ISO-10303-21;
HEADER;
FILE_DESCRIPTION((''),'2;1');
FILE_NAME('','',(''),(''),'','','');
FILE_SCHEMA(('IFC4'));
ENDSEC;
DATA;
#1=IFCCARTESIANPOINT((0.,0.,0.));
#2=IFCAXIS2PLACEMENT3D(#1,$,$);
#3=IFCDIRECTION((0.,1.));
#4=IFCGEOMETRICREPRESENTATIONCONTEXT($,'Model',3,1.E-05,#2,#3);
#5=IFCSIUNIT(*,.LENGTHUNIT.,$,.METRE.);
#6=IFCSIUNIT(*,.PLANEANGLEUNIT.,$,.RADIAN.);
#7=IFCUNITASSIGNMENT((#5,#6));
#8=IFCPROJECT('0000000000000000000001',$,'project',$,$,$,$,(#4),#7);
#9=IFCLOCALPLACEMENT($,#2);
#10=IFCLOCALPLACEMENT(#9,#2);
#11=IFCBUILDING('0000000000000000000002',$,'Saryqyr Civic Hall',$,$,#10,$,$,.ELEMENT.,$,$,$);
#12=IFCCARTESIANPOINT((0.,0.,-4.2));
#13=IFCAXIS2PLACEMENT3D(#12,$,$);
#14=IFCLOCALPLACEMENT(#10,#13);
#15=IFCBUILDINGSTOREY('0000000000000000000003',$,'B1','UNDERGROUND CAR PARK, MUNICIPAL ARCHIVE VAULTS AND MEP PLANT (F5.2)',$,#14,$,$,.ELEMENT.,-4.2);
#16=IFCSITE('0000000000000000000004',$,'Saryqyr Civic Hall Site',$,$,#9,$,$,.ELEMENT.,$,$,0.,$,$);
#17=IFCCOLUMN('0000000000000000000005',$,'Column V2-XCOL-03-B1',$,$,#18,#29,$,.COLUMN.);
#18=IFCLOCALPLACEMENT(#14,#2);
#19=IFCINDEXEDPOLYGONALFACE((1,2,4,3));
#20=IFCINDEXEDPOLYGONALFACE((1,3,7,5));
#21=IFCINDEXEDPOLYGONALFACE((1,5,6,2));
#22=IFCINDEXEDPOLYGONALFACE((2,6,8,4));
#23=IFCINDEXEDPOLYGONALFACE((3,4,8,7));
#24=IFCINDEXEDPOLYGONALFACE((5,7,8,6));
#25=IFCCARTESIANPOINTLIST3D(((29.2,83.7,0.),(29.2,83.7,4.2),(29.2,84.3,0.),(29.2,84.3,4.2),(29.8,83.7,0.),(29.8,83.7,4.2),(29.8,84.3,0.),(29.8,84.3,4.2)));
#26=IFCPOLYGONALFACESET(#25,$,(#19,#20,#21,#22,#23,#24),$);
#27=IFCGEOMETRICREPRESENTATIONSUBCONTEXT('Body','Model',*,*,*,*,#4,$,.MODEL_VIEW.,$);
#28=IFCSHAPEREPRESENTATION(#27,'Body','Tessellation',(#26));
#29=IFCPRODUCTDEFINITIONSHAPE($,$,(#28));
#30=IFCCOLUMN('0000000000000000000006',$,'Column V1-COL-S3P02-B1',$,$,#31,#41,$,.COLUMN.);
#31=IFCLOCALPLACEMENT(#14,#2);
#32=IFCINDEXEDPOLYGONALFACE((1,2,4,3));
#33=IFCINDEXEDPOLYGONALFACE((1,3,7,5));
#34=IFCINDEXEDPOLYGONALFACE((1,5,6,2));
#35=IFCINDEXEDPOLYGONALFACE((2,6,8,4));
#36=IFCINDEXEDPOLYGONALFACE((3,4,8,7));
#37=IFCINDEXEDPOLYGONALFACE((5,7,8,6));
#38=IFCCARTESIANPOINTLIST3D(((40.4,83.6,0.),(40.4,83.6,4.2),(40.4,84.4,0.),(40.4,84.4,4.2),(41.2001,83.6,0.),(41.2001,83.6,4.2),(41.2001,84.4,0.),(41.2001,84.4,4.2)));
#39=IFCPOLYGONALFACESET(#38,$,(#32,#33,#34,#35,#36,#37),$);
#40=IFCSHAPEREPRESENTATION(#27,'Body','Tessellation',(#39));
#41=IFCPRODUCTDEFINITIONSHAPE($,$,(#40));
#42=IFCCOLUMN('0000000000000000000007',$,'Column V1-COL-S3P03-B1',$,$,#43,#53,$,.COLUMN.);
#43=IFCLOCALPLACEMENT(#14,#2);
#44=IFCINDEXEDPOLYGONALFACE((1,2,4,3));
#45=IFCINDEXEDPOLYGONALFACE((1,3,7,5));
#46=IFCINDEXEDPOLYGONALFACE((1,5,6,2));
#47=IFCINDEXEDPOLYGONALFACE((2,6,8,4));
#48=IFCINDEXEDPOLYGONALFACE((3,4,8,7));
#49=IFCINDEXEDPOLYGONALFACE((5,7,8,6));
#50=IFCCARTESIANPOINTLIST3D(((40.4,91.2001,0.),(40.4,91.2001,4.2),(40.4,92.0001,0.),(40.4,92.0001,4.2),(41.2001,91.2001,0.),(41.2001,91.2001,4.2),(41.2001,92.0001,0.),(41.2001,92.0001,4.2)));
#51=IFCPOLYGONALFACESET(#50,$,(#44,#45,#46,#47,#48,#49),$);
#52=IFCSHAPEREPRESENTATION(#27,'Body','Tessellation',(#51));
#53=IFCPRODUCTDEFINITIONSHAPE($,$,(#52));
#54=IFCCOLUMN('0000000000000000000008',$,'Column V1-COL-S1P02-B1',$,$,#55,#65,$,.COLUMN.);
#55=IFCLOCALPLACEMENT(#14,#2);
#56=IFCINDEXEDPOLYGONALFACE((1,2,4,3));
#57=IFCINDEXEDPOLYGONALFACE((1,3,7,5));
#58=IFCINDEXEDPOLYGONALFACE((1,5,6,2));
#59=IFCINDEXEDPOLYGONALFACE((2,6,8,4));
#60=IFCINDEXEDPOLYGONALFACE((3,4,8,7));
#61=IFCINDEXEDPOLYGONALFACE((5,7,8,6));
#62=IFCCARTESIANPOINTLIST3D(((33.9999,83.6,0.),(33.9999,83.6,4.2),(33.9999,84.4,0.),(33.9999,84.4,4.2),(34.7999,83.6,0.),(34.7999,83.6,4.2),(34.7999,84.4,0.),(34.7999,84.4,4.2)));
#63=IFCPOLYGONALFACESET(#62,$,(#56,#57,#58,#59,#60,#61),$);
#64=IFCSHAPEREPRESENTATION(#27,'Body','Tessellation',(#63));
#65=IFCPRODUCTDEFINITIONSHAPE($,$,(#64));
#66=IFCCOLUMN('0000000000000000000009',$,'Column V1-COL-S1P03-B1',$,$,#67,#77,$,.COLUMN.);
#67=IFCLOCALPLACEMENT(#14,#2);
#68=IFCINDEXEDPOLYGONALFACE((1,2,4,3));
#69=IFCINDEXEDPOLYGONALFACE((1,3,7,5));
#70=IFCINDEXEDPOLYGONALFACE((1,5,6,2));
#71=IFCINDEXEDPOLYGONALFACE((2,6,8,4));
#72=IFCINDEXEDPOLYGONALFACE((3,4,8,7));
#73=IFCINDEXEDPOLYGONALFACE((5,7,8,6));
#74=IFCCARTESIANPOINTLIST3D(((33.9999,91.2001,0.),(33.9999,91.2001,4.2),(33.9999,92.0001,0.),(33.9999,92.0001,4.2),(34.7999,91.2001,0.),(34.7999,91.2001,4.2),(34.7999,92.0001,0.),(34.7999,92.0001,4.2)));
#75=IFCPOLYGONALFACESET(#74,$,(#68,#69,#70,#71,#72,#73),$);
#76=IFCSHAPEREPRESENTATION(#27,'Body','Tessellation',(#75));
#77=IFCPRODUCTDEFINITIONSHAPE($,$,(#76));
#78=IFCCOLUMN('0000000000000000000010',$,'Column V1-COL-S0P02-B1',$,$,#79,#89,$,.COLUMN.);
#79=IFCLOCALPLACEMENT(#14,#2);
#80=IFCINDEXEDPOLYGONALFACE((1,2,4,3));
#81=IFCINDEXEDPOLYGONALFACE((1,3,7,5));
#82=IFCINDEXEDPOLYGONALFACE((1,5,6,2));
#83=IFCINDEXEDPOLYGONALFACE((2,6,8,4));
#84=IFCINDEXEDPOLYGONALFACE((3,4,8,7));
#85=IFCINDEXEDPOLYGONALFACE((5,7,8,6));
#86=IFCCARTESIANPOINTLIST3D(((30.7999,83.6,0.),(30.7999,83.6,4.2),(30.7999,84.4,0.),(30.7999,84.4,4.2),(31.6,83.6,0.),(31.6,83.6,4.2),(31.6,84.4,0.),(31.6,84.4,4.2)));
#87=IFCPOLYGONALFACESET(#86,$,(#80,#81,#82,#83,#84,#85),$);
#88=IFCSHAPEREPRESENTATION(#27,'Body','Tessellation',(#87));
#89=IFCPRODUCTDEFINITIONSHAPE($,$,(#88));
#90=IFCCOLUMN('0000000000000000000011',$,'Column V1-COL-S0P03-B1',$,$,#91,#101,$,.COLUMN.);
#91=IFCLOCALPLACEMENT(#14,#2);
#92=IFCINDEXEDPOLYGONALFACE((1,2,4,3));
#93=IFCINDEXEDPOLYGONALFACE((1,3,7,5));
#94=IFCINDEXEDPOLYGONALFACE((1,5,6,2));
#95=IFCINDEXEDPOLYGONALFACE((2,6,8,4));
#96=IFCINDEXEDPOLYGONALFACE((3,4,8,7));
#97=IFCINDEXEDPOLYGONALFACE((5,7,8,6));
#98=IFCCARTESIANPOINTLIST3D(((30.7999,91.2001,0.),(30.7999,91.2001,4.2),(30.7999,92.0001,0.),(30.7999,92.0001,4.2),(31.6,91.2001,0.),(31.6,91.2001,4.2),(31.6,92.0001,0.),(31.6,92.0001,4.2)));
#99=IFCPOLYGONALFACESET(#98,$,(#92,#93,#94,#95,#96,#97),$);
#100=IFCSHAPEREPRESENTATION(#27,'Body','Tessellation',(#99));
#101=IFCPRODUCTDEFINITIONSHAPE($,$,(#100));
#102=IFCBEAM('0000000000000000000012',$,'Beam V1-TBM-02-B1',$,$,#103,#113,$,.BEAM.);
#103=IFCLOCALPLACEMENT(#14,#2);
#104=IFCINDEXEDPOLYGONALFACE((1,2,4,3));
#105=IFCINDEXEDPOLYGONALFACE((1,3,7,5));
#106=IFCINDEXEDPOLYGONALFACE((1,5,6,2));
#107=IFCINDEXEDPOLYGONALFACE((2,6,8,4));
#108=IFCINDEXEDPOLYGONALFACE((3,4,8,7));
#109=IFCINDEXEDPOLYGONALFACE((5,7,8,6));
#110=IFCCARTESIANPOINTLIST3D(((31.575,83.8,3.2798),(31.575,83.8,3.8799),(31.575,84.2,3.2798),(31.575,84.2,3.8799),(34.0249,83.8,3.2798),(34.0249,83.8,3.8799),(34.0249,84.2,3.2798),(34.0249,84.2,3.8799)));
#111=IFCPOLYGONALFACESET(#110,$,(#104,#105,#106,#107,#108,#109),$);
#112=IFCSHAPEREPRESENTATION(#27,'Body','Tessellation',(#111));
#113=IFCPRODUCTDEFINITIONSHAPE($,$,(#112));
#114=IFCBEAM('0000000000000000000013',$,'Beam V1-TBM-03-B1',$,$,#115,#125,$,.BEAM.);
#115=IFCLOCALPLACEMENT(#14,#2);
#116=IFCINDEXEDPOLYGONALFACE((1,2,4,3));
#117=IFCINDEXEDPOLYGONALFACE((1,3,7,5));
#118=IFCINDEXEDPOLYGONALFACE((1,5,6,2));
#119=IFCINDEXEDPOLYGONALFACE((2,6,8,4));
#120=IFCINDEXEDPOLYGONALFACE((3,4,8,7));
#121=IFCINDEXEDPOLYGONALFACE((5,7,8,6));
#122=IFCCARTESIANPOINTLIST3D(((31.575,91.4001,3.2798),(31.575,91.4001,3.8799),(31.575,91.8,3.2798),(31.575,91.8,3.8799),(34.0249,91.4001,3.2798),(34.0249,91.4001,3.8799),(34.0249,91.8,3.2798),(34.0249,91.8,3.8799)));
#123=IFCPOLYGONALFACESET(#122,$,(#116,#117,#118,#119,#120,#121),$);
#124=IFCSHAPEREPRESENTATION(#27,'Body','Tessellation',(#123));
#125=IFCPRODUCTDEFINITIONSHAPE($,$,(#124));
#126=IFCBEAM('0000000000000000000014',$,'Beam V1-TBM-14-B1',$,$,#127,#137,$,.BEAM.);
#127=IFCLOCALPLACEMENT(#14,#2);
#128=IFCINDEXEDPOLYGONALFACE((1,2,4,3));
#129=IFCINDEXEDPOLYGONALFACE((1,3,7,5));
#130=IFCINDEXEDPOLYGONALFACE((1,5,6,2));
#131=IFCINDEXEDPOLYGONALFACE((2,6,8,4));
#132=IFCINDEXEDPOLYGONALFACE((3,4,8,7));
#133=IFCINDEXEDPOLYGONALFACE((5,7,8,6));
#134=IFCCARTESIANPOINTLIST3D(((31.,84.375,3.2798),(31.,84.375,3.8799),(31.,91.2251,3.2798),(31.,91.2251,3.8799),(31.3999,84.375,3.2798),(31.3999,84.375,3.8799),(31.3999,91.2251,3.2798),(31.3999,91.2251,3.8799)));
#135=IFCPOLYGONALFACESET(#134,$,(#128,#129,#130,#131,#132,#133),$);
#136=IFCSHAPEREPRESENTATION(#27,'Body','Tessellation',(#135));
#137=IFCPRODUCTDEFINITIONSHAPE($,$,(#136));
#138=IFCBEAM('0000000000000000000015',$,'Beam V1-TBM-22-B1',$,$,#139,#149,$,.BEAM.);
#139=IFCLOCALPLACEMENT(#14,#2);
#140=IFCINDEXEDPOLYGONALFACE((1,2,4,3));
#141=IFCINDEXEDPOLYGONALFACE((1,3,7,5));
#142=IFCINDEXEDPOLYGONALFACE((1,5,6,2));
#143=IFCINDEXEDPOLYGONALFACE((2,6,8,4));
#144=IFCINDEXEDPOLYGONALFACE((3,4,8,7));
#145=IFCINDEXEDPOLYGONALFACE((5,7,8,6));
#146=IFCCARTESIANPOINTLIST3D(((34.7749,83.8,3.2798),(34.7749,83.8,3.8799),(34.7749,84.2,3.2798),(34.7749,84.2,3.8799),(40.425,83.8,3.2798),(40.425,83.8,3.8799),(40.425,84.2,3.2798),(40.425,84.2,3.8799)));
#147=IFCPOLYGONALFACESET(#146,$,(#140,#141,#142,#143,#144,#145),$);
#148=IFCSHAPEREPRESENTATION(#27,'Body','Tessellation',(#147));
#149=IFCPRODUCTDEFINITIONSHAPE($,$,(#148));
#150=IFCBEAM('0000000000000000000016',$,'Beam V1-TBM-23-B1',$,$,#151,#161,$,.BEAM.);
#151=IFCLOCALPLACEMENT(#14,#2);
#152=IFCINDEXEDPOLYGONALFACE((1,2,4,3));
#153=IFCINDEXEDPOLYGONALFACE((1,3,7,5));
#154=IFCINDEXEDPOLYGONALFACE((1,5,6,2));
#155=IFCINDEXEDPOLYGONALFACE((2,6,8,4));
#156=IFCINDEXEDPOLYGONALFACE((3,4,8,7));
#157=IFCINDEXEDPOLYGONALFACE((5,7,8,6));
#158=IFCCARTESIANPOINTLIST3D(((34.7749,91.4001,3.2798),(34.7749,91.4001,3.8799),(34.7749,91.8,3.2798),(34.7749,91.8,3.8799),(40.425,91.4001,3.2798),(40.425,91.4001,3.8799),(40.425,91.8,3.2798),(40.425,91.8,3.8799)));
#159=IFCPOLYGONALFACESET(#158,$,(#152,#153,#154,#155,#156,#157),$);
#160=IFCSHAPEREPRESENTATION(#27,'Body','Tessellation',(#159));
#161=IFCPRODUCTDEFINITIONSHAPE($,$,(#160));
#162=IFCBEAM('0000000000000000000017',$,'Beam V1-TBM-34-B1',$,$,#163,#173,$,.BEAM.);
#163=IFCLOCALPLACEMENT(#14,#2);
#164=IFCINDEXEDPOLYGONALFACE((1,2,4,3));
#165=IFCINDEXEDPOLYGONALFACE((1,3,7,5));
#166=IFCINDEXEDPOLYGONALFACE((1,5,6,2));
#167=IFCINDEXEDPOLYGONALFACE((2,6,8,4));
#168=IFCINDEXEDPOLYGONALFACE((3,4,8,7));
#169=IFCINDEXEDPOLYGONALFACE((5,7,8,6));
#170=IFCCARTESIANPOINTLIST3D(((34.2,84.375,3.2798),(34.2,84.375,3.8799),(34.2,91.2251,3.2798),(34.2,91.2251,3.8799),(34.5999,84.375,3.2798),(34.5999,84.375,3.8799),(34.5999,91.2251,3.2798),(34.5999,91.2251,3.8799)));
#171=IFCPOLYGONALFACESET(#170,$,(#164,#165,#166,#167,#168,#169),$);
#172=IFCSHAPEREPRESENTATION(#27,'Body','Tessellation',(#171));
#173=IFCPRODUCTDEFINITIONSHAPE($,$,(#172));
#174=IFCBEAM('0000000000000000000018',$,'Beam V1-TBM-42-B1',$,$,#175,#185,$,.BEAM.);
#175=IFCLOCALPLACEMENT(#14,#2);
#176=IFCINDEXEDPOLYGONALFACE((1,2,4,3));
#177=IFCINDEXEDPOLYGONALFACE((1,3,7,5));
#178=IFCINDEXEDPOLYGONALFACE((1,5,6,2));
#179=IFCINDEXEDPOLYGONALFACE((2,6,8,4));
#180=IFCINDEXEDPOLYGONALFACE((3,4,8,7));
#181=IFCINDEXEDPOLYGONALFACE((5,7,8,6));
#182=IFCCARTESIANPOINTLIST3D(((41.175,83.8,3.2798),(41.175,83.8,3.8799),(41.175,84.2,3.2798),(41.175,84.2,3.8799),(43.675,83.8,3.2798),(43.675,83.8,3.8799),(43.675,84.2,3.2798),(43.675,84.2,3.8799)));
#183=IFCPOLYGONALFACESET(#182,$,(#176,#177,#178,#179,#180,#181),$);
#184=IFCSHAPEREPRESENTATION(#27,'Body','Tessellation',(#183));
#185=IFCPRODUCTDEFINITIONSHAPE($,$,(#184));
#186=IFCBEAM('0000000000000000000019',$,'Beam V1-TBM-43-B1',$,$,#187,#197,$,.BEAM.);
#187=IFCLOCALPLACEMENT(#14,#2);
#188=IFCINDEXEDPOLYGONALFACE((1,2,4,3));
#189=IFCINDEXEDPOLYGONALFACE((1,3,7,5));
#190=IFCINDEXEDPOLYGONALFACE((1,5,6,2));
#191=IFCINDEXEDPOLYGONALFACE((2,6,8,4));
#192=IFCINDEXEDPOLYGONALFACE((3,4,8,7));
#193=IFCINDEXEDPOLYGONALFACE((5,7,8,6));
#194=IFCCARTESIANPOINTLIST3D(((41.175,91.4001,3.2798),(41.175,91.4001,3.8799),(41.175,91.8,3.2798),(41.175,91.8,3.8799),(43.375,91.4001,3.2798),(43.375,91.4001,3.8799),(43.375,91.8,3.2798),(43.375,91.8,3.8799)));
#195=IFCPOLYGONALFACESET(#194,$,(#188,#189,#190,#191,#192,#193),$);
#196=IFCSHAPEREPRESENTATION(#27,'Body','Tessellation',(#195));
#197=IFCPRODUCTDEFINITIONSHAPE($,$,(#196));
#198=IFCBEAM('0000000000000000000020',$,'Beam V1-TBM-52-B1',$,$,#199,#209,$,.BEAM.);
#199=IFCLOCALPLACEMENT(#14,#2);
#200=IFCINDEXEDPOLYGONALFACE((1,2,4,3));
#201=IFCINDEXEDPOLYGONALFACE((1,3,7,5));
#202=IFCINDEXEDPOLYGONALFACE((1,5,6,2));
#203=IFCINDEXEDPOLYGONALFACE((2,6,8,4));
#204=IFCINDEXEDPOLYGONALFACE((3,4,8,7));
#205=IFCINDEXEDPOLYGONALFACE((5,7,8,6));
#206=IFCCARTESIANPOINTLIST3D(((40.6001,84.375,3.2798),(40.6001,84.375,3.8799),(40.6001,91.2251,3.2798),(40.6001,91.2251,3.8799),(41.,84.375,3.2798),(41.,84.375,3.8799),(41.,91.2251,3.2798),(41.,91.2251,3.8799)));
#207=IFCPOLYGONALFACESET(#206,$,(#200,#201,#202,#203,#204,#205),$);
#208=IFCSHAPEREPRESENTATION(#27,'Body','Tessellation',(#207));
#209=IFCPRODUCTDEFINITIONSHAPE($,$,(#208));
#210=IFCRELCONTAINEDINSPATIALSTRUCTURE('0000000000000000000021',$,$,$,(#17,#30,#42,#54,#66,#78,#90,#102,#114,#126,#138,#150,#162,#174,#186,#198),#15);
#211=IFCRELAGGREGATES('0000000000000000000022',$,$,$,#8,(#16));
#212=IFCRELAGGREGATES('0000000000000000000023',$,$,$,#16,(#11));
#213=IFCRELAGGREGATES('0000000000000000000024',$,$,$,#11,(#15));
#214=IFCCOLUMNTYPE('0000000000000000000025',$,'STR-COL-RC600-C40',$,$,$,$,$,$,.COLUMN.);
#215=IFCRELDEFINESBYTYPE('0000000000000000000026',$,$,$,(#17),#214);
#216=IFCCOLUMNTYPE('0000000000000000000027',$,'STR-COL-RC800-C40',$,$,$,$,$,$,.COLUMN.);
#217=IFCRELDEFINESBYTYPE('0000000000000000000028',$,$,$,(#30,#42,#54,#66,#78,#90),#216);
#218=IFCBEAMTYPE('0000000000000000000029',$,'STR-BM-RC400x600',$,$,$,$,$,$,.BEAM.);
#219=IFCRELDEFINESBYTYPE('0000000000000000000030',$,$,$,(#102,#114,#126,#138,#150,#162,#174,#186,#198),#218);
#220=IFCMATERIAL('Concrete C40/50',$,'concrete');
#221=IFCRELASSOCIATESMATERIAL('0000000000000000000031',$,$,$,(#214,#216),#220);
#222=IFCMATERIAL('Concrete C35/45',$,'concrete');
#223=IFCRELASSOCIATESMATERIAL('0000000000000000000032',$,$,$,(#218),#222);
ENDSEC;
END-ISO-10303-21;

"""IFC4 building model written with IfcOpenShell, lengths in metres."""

from ifc_helpers import new_model, si_unit, direction, frame, origin, origin_2d, place, context, subcontext, project, spatial, rectangle, extrude, material, material_profile, profile_set, type_object, element, save


model = new_model("IFC4")

# Units and contexts
model_context = context("Model", 3, precision=1e-05, world=origin(), true_north=direction((0.0, 1.0)))
body_context = subcontext(model_context, "Body", "Model", "MODEL_VIEW")
ifc_project = project(units=[si_unit("LENGTHUNIT", "METRE"), si_unit("PLANEANGLEUNIT", "RADIAN")], contexts=[model_context])

# Site, building, storey
site_placement = place(None, origin())
site = spatial("IfcSite", under=ifc_project, at=site_placement, Name="Saryqyr Civic Hall Site", CompositionType="ELEMENT", RefElevation=0.0)
building_placement = place(site_placement, origin())
building = spatial("IfcBuilding", under=site, at=building_placement, Name="Saryqyr Civic Hall", CompositionType="ELEMENT")
storey_placement = place(building_placement, frame((0.0, 0.0, -4.2)))
storey = spatial("IfcBuildingStorey", under=building, at=storey_placement, Name="B1", Description="UNDERGROUND CAR PARK, MUNICIPAL ARCHIVE VAULTS AND MEP PLANT (F5.2)", CompositionType="ELEMENT", Elevation=-4.2)

# Shared definitions
ifc_material_1 = material(Name="Concrete C35/45", Category="concrete")

# Columns
ifc_material_2 = material(Name="Concrete C40/50", Category="concrete")
ifc_material_profile_1 = material_profile(ifc_material_2, rectangle(XDim=0.6001, YDim=0.6001, at=origin_2d()), Name="RC 600x600")
ifc_profile_set_1 = profile_set([ifc_material_profile_1], Name="Concrete C40/50")
column_type_1 = type_object("IfcColumnType", Name="STR-COL-RC600-C40", PredefinedType="COLUMN", material=ifc_profile_set_1)
column_placement = place(storey_placement, frame((29.5, 84.0, 0.0), z_axis=(0.0, 0.0, 1.0), x_axis=(1.0, 0.0, 0.0)))
element("IfcColumn", 1, at=column_placement, inside=storey, type_object=column_type_1, Name="Column V2-XCOL-03-B1", PredefinedType="COLUMN", context=body_context, shape_type="SweptSolid", body=[
    extrude(rectangle(XDim=0.6001, YDim=0.6001, at=origin_2d()), origin(), (0.0, 0.0, 1.0), 4.2),
])
ifc_material_profile_2 = material_profile(ifc_material_2, rectangle(XDim=0.8, YDim=0.8, at=origin_2d()), Name="RC 800x800")
ifc_profile_set_2 = profile_set([ifc_material_profile_2], Name="Concrete C40/50")
column_type_2 = type_object("IfcColumnType", Name="STR-COL-RC800-C40", PredefinedType="COLUMN", material=ifc_profile_set_2)
for number, where, z_axis, x_axis, name in (
    (2, (40.8, 84.0, 0.0), (0.0, 0.0, 1.0), (1.0, 0.0, 0.0), "Column V1-COL-S3P02-B1"),
    (3, (40.8, 91.6001, 0.0), (0.0, 0.0, 1.0), (1.0, 0.0, 0.0), "Column V1-COL-S3P03-B1"),
    (4, (34.3999, 84.0, 0.0), (0.0, 0.0, 1.0), (1.0, 0.0, 0.0), "Column V1-COL-S1P02-B1"),
    (5, (34.3999, 91.6001, 0.0), (0.0, 0.0, 1.0), (1.0, 0.0, 0.0), "Column V1-COL-S1P03-B1"),
    (6, (31.2, 84.0, 0.0), (0.0, 0.0, 1.0), (1.0, 0.0, 0.0), "Column V1-COL-S0P02-B1"),
    (7, (31.2, 91.6001, 0.0), (0.0, 0.0, 1.0), (1.0, 0.0, 0.0), "Column V1-COL-S0P03-B1"),
):
    element("IfcColumn", number, at=place(storey_placement, frame(where, z_axis=z_axis, x_axis=x_axis)), inside=storey, type_object=column_type_2, Name=name, PredefinedType="COLUMN", context=body_context, shape_type="SweptSolid", body=[
        extrude(rectangle(XDim=0.8, YDim=0.8, at=origin_2d()), origin(), (0.0, 0.0, 1.0), 4.2),
    ])

# Beams
ifc_material_profile_3 = material_profile(ifc_material_1, rectangle(XDim=0.3999, YDim=0.6001, at=origin_2d()), Name="RC 400x600")
ifc_profile_set_3 = profile_set([ifc_material_profile_3], Name="Concrete C35/45")
beam_type = type_object("IfcBeamType", Name="STR-BM-RC400x600", PredefinedType="BEAM", material=ifc_profile_set_3)
for number, where, z_axis, x_axis, name in (
    (8, (31.575, 84.0, 3.5798), (1.0, 0.0, 0.0), (0.0, 1.0, 0.0), "Beam V1-TBM-02-B1"),
    (9, (31.575, 91.6001, 3.5798), (1.0, 0.0, 0.0), (0.0, 1.0, 0.0), "Beam V1-TBM-03-B1"),
):
    element("IfcBeam", number, at=place(storey_placement, frame(where, z_axis=z_axis, x_axis=x_axis)), inside=storey, type_object=beam_type, Name=name, PredefinedType="BEAM", context=body_context, shape_type="SweptSolid", body=[
        extrude(rectangle(XDim=0.3999, YDim=0.6001, at=origin_2d()), origin(), (0.0, 0.0, 1.0), 2.45),
    ])
beam_1_placement = place(storey_placement, frame((31.2, 84.375, 3.5798), z_axis=(0.0, 1.0, 0.0), x_axis=(-1.0, 0.0, 0.0)))
element("IfcBeam", 10, at=beam_1_placement, inside=storey, type_object=beam_type, Name="Beam V1-TBM-14-B1", PredefinedType="BEAM", context=body_context, shape_type="SweptSolid", body=[
    extrude(rectangle(XDim=0.3999, YDim=0.6001, at=origin_2d()), origin(), (0.0, 0.0, 1.0), 6.8501),
])
for number, where, z_axis, x_axis, name in (
    (11, (34.7749, 84.0, 3.5798), (1.0, 0.0, 0.0), (0.0, 1.0, 0.0), "Beam V1-TBM-22-B1"),
    (12, (34.7749, 91.6001, 3.5798), (1.0, 0.0, 0.0), (0.0, 1.0, 0.0), "Beam V1-TBM-23-B1"),
):
    element("IfcBeam", number, at=place(storey_placement, frame(where, z_axis=z_axis, x_axis=x_axis)), inside=storey, type_object=beam_type, Name=name, PredefinedType="BEAM", context=body_context, shape_type="SweptSolid", body=[
        extrude(rectangle(XDim=0.3999, YDim=0.6001, at=origin_2d()), origin(), (0.0, 0.0, 1.0), 5.6501),
    ])
beam_2_placement = place(storey_placement, frame((34.3999, 84.375, 3.5798), z_axis=(0.0, 1.0, 0.0), x_axis=(-1.0, 0.0, 0.0)))
element("IfcBeam", 13, at=beam_2_placement, inside=storey, type_object=beam_type, Name="Beam V1-TBM-34-B1", PredefinedType="BEAM", context=body_context, shape_type="SweptSolid", body=[
    extrude(rectangle(XDim=0.3999, YDim=0.6001, at=origin_2d()), origin(), (0.0, 0.0, 1.0), 6.8501),
])
beam_3_placement = place(storey_placement, frame((41.175, 84.0, 3.5798), z_axis=(1.0, 0.0, 0.0), x_axis=(0.0, 1.0, 0.0)))
element("IfcBeam", 14, at=beam_3_placement, inside=storey, type_object=beam_type, Name="Beam V1-TBM-42-B1", PredefinedType="BEAM", context=body_context, shape_type="SweptSolid", body=[
    extrude(rectangle(XDim=0.3999, YDim=0.6001, at=origin_2d()), origin(), (0.0, 0.0, 1.0), 2.5),
])
beam_4_placement = place(storey_placement, frame((41.175, 91.6001, 3.5798), z_axis=(1.0, 0.0, 0.0), x_axis=(0.0, 1.0, 0.0)))
element("IfcBeam", 15, at=beam_4_placement, inside=storey, type_object=beam_type, Name="Beam V1-TBM-43-B1", PredefinedType="BEAM", context=body_context, shape_type="SweptSolid", body=[
    extrude(rectangle(XDim=0.3999, YDim=0.6001, at=origin_2d()), origin(), (0.0, 0.0, 1.0), 2.2),
])
beam_5_placement = place(storey_placement, frame((40.8, 84.375, 3.5798), z_axis=(0.0, 1.0, 0.0), x_axis=(-1.0, 0.0, 0.0)))
element("IfcBeam", 16, at=beam_5_placement, inside=storey, type_object=beam_type, Name="Beam V1-TBM-52-B1", PredefinedType="BEAM", context=body_context, shape_type="SweptSolid", body=[
    extrude(rectangle(XDim=0.3999, YDim=0.6001, at=origin_2d()), origin(), (0.0, 0.0, 1.0), 6.8501),
])

save(model, "model.ifc")
